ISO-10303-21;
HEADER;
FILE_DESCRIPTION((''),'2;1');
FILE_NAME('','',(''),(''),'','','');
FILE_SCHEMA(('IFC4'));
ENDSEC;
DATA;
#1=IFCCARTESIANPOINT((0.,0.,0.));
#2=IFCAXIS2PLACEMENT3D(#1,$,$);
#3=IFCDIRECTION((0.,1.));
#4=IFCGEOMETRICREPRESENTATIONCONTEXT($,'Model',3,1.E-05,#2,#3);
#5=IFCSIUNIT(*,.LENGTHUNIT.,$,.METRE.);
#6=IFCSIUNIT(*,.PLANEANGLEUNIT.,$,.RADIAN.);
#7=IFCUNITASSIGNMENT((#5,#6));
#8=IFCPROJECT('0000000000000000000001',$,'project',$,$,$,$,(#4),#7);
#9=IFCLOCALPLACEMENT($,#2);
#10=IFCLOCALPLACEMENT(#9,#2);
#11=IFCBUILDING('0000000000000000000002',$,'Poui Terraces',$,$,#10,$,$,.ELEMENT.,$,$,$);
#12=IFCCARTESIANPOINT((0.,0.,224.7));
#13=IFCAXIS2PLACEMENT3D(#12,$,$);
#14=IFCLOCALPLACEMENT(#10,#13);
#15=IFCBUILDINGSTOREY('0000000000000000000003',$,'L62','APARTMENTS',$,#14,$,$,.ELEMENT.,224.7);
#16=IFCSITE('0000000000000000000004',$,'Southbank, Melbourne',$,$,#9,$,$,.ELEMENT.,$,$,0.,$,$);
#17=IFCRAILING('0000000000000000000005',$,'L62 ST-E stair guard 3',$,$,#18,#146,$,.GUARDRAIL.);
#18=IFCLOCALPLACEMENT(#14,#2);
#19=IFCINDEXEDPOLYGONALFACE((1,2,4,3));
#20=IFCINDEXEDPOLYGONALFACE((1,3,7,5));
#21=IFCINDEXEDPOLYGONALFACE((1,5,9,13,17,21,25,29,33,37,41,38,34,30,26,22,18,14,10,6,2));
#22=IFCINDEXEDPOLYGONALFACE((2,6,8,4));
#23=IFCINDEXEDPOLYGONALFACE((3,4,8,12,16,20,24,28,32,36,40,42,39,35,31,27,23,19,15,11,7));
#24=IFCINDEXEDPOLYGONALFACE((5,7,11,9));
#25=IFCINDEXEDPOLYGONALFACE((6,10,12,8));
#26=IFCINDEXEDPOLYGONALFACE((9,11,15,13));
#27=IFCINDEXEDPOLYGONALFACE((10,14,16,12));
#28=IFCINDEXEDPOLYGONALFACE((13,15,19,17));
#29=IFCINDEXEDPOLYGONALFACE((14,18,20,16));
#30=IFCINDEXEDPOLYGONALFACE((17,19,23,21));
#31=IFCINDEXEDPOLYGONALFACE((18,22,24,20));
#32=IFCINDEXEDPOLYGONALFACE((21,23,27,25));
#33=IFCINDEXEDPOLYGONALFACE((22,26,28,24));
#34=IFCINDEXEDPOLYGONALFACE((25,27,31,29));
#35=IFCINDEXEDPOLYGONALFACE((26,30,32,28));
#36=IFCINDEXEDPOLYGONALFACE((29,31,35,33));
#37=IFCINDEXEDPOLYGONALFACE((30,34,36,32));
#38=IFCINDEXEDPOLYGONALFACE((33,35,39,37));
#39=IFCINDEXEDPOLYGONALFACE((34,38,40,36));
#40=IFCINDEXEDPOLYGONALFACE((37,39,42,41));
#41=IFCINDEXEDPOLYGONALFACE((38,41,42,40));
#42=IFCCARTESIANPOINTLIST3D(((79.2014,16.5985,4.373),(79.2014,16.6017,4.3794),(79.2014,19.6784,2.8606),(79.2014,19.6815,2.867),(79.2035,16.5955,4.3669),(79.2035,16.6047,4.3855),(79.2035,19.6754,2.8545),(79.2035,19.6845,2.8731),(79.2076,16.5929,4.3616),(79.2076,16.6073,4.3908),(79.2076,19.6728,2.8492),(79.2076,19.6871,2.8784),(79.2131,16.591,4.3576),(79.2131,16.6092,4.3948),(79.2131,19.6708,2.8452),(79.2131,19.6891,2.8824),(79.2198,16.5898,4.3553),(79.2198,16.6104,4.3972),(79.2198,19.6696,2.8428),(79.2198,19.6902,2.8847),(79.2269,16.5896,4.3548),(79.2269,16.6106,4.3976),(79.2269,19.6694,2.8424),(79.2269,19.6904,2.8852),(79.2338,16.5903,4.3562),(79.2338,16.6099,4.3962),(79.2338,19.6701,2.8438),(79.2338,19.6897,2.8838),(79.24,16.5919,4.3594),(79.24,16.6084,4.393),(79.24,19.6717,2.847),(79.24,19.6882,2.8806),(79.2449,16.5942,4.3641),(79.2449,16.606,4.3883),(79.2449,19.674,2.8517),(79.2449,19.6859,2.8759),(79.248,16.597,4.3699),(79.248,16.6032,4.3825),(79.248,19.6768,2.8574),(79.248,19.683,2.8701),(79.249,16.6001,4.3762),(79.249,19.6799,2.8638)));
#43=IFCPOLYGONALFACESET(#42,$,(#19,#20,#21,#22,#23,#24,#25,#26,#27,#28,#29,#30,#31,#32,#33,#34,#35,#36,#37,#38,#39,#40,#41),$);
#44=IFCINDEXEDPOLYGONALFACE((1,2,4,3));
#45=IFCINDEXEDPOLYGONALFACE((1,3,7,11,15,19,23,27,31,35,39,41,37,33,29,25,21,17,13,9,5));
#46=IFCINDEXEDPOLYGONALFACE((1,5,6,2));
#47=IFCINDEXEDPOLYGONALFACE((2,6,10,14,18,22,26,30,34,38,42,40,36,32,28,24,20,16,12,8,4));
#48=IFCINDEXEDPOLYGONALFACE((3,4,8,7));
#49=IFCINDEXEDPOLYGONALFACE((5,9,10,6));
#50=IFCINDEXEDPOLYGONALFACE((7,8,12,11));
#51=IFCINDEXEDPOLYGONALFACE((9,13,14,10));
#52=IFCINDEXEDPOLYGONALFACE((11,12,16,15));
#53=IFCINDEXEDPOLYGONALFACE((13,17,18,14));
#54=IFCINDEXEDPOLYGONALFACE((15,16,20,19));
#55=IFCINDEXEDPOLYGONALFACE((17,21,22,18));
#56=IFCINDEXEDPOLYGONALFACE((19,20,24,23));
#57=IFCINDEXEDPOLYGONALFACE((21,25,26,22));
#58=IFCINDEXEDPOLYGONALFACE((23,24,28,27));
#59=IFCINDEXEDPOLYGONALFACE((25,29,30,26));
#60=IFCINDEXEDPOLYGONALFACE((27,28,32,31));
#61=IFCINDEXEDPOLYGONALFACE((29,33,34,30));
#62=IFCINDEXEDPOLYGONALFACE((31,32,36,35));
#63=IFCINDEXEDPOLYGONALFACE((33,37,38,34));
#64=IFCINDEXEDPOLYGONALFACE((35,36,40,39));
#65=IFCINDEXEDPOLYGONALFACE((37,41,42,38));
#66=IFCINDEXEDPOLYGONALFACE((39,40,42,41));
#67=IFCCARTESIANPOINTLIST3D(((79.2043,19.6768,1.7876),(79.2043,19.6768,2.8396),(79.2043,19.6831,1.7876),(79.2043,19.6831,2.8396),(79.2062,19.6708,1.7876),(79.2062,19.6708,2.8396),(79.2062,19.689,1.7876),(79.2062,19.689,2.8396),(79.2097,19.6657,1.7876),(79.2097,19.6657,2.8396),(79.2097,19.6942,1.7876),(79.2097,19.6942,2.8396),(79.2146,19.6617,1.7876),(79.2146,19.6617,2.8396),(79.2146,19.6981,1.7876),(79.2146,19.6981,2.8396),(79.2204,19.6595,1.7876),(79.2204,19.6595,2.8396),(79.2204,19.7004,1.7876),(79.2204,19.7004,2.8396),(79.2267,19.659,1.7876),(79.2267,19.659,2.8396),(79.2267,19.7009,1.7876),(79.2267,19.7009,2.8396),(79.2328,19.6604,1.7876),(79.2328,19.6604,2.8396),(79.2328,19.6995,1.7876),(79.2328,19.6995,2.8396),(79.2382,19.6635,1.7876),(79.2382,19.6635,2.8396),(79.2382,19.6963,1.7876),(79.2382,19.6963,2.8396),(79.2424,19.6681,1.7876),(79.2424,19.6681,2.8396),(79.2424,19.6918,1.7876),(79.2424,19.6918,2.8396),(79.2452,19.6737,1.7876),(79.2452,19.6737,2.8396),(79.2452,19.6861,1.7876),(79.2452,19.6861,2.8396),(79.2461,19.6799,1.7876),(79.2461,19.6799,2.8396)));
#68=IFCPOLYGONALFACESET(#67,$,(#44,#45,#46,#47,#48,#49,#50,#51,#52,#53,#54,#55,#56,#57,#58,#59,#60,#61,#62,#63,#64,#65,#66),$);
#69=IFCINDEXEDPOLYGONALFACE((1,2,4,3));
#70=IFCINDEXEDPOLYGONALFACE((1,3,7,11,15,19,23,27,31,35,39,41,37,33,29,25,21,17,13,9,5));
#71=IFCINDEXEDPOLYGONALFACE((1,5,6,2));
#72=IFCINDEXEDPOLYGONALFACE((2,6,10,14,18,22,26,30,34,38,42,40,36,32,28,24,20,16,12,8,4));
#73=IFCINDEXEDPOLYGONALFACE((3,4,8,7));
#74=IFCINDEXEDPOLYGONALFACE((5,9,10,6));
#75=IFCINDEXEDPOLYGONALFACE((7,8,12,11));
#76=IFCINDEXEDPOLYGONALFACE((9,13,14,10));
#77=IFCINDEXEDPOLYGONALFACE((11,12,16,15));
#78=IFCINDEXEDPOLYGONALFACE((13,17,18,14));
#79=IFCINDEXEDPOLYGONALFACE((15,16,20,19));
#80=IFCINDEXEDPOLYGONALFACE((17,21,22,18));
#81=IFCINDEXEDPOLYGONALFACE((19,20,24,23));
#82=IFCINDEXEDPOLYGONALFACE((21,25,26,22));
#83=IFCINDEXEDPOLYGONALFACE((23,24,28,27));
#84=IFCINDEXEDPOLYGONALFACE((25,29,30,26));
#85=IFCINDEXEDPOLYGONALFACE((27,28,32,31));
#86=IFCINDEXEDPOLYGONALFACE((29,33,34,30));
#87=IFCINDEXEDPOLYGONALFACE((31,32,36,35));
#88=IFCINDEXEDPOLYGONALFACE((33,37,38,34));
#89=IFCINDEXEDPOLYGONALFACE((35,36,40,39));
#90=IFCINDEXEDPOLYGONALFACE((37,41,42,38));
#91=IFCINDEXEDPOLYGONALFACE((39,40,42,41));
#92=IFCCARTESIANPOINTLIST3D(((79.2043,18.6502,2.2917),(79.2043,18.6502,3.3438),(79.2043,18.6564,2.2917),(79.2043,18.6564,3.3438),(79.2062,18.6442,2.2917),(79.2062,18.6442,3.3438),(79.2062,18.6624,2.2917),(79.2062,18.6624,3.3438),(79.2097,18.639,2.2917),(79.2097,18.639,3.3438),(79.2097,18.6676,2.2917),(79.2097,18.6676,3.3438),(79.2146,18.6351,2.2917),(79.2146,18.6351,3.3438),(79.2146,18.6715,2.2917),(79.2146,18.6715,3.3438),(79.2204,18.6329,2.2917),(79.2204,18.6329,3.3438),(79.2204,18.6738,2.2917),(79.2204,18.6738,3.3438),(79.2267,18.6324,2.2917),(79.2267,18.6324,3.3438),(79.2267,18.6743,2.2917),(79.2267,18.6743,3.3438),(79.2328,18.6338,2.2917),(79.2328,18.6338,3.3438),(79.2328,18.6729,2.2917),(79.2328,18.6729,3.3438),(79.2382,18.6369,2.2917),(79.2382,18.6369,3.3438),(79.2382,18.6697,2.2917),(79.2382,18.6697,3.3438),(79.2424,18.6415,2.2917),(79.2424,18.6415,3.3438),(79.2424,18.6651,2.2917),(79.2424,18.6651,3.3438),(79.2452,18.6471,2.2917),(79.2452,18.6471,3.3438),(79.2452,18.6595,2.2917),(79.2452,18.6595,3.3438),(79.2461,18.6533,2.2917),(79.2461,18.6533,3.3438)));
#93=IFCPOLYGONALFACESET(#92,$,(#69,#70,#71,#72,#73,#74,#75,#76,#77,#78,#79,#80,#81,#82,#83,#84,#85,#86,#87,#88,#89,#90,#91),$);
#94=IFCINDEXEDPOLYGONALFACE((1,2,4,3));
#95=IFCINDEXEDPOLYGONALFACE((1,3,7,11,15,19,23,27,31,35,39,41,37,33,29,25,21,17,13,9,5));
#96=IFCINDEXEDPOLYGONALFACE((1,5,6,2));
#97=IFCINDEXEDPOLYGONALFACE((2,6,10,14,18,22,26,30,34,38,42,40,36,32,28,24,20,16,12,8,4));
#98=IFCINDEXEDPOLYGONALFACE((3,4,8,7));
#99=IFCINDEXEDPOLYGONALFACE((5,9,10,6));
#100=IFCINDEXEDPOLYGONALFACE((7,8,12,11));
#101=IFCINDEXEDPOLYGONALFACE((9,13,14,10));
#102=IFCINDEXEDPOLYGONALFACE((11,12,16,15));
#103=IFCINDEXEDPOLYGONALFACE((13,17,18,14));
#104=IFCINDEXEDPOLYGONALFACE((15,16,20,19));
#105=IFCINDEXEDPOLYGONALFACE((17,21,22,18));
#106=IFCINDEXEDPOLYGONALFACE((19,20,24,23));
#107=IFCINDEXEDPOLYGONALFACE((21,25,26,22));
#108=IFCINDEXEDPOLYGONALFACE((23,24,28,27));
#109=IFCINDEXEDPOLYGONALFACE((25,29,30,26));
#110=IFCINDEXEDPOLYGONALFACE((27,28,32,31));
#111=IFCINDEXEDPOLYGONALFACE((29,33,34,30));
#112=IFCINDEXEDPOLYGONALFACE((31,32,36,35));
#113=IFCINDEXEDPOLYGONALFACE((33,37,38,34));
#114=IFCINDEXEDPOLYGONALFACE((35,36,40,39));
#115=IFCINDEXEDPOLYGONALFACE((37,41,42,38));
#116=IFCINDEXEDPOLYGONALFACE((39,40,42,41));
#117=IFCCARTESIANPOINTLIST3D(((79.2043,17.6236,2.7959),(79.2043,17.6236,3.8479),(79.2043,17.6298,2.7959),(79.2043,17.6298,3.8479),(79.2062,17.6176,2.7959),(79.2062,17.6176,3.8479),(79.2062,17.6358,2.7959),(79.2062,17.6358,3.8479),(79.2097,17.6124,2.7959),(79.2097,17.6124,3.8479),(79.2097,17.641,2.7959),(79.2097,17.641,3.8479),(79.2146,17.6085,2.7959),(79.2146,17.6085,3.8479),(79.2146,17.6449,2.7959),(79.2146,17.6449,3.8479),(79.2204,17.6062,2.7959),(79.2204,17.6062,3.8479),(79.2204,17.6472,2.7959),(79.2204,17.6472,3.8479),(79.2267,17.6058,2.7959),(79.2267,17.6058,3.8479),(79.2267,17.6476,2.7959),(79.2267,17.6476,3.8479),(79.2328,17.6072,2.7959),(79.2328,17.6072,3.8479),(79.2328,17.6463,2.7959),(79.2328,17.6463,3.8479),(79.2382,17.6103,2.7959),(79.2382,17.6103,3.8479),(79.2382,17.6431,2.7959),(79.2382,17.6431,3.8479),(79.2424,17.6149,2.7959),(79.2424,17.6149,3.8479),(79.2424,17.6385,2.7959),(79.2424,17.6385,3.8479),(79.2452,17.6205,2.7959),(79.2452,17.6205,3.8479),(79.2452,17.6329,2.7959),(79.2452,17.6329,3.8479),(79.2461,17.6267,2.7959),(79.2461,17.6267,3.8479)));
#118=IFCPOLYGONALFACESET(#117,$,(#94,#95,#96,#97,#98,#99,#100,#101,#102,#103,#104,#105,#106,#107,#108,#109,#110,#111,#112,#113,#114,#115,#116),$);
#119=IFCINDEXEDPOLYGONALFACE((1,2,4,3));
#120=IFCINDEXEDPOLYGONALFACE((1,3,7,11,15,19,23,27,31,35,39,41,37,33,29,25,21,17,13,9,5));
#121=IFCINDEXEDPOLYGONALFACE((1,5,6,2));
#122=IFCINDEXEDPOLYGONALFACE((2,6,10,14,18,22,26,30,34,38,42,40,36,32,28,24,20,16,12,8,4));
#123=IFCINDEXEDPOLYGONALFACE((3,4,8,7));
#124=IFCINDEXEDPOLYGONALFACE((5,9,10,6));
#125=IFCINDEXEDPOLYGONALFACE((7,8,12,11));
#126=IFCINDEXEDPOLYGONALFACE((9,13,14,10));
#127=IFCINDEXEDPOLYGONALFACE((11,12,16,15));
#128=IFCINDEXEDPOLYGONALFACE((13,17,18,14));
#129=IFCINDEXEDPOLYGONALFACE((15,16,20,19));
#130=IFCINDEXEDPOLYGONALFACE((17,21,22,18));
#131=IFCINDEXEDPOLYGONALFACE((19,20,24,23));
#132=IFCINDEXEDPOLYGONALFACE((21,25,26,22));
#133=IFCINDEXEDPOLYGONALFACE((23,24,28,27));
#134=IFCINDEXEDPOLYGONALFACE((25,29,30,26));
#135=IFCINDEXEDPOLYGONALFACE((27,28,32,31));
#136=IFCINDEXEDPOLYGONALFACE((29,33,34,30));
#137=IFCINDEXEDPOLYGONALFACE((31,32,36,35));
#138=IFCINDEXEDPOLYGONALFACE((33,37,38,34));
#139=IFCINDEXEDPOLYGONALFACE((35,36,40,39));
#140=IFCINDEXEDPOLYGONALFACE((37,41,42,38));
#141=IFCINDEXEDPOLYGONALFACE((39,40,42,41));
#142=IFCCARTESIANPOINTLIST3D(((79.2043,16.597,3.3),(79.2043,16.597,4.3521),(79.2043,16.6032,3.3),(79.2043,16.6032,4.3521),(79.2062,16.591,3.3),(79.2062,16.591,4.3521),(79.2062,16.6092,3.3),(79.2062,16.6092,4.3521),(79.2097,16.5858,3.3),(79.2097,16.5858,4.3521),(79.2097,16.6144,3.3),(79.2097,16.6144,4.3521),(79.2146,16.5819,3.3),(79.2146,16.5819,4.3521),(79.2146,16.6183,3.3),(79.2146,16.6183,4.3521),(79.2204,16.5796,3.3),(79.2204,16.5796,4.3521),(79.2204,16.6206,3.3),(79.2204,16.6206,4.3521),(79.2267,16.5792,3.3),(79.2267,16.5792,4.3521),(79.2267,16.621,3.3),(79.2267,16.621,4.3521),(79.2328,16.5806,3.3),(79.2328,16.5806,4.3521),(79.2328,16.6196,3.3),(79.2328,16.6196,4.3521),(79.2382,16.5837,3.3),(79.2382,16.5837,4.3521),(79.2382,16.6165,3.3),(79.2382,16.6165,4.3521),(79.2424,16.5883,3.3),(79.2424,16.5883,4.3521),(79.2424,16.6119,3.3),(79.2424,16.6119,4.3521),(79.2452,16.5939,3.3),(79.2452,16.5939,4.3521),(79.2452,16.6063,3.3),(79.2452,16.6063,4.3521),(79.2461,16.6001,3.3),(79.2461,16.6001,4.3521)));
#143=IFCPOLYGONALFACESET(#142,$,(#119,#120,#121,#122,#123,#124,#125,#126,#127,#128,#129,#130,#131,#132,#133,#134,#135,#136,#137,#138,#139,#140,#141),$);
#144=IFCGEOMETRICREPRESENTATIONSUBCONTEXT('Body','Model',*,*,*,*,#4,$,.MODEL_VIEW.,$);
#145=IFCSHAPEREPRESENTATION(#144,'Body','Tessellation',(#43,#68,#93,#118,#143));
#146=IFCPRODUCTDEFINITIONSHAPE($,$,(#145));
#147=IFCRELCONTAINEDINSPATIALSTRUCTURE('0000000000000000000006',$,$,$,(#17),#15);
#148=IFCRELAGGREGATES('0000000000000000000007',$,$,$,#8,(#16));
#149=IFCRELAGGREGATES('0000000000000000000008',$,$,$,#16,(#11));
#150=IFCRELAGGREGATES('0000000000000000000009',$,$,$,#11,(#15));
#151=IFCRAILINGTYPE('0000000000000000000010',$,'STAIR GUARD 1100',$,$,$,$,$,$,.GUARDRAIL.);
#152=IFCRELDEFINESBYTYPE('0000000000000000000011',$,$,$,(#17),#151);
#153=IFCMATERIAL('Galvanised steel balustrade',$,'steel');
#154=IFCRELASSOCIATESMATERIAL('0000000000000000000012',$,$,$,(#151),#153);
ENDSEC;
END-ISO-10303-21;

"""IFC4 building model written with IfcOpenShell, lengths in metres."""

from ifc_helpers import new_model, si_unit, direction, frame, origin, origin_2d, place, context, subcontext, project, spatial, circle, extrude, material, type_object, element, save


model = new_model("IFC4")

# Units and contexts
model_context = context("Model", 3, precision=1e-05, world=origin(), true_north=direction((0.0, 1.0)))
body_context = subcontext(model_context, "Body", "Model", "MODEL_VIEW")
ifc_project = project(units=[si_unit("LENGTHUNIT", "METRE"), si_unit("PLANEANGLEUNIT", "RADIAN")], contexts=[model_context])

# Site, building, storey
site_placement = place(None, origin())
site = spatial("IfcSite", under=ifc_project, at=site_placement, Name="Southbank, Melbourne", CompositionType="ELEMENT", RefElevation=0.0)
building_placement = place(site_placement, origin())
building = spatial("IfcBuilding", under=site, at=building_placement, Name="Poui Terraces", CompositionType="ELEMENT")
storey_placement = place(building_placement, frame((0.0, 0.0, 224.7)))
storey = spatial("IfcBuildingStorey", under=building, at=storey_placement, Name="L62", Description="APARTMENTS", CompositionType="ELEMENT", Elevation=224.7)

# Railing
ifc_material_1 = material(Name="Galvanised steel balustrade", Category="steel")
railing_type_1 = type_object("IfcRailingType", Name="STAIR GUARD 1100", PredefinedType="GUARDRAIL", material=ifc_material_1)
railing_1_placement = place(storey_placement, frame((79.2251, 19.6799, 1.7876)))
element("IfcRailing", 1, at=railing_1_placement, inside=storey, type_object=railing_type_1, Name="L62 ST-E stair guard 3", PredefinedType="GUARDRAIL", context=body_context, shape_type="SweptSolid", body=[
    extrude(circle(Radius=0.0239, at=origin_2d()), frame((0.0, 0.0, 1.0762), z_axis=(0.0, -0.897606, 0.440798), x_axis=(1.0, 0.0, 0.0)), (0.0, 0.0, 1.0), 3.4312),
    extrude(circle(Radius=0.021, at=origin_2d()), origin(), (0.0, 0.0, 1.0), 1.052),
    extrude(circle(Radius=0.021, at=origin_2d()), frame((0.0, -1.0266, 0.5042)), (0.0, 0.0, 1.0), 1.052),
    extrude(circle(Radius=0.021, at=origin_2d()), frame((0.0, -2.0532, 1.0083)), (0.0, 0.0, 1.0), 1.052),
    extrude(circle(Radius=0.021, at=origin_2d()), frame((0.0, -3.0798, 1.5125)), (0.0, 0.0, 1.0), 1.052),
])

save(model, "model.ifc")
